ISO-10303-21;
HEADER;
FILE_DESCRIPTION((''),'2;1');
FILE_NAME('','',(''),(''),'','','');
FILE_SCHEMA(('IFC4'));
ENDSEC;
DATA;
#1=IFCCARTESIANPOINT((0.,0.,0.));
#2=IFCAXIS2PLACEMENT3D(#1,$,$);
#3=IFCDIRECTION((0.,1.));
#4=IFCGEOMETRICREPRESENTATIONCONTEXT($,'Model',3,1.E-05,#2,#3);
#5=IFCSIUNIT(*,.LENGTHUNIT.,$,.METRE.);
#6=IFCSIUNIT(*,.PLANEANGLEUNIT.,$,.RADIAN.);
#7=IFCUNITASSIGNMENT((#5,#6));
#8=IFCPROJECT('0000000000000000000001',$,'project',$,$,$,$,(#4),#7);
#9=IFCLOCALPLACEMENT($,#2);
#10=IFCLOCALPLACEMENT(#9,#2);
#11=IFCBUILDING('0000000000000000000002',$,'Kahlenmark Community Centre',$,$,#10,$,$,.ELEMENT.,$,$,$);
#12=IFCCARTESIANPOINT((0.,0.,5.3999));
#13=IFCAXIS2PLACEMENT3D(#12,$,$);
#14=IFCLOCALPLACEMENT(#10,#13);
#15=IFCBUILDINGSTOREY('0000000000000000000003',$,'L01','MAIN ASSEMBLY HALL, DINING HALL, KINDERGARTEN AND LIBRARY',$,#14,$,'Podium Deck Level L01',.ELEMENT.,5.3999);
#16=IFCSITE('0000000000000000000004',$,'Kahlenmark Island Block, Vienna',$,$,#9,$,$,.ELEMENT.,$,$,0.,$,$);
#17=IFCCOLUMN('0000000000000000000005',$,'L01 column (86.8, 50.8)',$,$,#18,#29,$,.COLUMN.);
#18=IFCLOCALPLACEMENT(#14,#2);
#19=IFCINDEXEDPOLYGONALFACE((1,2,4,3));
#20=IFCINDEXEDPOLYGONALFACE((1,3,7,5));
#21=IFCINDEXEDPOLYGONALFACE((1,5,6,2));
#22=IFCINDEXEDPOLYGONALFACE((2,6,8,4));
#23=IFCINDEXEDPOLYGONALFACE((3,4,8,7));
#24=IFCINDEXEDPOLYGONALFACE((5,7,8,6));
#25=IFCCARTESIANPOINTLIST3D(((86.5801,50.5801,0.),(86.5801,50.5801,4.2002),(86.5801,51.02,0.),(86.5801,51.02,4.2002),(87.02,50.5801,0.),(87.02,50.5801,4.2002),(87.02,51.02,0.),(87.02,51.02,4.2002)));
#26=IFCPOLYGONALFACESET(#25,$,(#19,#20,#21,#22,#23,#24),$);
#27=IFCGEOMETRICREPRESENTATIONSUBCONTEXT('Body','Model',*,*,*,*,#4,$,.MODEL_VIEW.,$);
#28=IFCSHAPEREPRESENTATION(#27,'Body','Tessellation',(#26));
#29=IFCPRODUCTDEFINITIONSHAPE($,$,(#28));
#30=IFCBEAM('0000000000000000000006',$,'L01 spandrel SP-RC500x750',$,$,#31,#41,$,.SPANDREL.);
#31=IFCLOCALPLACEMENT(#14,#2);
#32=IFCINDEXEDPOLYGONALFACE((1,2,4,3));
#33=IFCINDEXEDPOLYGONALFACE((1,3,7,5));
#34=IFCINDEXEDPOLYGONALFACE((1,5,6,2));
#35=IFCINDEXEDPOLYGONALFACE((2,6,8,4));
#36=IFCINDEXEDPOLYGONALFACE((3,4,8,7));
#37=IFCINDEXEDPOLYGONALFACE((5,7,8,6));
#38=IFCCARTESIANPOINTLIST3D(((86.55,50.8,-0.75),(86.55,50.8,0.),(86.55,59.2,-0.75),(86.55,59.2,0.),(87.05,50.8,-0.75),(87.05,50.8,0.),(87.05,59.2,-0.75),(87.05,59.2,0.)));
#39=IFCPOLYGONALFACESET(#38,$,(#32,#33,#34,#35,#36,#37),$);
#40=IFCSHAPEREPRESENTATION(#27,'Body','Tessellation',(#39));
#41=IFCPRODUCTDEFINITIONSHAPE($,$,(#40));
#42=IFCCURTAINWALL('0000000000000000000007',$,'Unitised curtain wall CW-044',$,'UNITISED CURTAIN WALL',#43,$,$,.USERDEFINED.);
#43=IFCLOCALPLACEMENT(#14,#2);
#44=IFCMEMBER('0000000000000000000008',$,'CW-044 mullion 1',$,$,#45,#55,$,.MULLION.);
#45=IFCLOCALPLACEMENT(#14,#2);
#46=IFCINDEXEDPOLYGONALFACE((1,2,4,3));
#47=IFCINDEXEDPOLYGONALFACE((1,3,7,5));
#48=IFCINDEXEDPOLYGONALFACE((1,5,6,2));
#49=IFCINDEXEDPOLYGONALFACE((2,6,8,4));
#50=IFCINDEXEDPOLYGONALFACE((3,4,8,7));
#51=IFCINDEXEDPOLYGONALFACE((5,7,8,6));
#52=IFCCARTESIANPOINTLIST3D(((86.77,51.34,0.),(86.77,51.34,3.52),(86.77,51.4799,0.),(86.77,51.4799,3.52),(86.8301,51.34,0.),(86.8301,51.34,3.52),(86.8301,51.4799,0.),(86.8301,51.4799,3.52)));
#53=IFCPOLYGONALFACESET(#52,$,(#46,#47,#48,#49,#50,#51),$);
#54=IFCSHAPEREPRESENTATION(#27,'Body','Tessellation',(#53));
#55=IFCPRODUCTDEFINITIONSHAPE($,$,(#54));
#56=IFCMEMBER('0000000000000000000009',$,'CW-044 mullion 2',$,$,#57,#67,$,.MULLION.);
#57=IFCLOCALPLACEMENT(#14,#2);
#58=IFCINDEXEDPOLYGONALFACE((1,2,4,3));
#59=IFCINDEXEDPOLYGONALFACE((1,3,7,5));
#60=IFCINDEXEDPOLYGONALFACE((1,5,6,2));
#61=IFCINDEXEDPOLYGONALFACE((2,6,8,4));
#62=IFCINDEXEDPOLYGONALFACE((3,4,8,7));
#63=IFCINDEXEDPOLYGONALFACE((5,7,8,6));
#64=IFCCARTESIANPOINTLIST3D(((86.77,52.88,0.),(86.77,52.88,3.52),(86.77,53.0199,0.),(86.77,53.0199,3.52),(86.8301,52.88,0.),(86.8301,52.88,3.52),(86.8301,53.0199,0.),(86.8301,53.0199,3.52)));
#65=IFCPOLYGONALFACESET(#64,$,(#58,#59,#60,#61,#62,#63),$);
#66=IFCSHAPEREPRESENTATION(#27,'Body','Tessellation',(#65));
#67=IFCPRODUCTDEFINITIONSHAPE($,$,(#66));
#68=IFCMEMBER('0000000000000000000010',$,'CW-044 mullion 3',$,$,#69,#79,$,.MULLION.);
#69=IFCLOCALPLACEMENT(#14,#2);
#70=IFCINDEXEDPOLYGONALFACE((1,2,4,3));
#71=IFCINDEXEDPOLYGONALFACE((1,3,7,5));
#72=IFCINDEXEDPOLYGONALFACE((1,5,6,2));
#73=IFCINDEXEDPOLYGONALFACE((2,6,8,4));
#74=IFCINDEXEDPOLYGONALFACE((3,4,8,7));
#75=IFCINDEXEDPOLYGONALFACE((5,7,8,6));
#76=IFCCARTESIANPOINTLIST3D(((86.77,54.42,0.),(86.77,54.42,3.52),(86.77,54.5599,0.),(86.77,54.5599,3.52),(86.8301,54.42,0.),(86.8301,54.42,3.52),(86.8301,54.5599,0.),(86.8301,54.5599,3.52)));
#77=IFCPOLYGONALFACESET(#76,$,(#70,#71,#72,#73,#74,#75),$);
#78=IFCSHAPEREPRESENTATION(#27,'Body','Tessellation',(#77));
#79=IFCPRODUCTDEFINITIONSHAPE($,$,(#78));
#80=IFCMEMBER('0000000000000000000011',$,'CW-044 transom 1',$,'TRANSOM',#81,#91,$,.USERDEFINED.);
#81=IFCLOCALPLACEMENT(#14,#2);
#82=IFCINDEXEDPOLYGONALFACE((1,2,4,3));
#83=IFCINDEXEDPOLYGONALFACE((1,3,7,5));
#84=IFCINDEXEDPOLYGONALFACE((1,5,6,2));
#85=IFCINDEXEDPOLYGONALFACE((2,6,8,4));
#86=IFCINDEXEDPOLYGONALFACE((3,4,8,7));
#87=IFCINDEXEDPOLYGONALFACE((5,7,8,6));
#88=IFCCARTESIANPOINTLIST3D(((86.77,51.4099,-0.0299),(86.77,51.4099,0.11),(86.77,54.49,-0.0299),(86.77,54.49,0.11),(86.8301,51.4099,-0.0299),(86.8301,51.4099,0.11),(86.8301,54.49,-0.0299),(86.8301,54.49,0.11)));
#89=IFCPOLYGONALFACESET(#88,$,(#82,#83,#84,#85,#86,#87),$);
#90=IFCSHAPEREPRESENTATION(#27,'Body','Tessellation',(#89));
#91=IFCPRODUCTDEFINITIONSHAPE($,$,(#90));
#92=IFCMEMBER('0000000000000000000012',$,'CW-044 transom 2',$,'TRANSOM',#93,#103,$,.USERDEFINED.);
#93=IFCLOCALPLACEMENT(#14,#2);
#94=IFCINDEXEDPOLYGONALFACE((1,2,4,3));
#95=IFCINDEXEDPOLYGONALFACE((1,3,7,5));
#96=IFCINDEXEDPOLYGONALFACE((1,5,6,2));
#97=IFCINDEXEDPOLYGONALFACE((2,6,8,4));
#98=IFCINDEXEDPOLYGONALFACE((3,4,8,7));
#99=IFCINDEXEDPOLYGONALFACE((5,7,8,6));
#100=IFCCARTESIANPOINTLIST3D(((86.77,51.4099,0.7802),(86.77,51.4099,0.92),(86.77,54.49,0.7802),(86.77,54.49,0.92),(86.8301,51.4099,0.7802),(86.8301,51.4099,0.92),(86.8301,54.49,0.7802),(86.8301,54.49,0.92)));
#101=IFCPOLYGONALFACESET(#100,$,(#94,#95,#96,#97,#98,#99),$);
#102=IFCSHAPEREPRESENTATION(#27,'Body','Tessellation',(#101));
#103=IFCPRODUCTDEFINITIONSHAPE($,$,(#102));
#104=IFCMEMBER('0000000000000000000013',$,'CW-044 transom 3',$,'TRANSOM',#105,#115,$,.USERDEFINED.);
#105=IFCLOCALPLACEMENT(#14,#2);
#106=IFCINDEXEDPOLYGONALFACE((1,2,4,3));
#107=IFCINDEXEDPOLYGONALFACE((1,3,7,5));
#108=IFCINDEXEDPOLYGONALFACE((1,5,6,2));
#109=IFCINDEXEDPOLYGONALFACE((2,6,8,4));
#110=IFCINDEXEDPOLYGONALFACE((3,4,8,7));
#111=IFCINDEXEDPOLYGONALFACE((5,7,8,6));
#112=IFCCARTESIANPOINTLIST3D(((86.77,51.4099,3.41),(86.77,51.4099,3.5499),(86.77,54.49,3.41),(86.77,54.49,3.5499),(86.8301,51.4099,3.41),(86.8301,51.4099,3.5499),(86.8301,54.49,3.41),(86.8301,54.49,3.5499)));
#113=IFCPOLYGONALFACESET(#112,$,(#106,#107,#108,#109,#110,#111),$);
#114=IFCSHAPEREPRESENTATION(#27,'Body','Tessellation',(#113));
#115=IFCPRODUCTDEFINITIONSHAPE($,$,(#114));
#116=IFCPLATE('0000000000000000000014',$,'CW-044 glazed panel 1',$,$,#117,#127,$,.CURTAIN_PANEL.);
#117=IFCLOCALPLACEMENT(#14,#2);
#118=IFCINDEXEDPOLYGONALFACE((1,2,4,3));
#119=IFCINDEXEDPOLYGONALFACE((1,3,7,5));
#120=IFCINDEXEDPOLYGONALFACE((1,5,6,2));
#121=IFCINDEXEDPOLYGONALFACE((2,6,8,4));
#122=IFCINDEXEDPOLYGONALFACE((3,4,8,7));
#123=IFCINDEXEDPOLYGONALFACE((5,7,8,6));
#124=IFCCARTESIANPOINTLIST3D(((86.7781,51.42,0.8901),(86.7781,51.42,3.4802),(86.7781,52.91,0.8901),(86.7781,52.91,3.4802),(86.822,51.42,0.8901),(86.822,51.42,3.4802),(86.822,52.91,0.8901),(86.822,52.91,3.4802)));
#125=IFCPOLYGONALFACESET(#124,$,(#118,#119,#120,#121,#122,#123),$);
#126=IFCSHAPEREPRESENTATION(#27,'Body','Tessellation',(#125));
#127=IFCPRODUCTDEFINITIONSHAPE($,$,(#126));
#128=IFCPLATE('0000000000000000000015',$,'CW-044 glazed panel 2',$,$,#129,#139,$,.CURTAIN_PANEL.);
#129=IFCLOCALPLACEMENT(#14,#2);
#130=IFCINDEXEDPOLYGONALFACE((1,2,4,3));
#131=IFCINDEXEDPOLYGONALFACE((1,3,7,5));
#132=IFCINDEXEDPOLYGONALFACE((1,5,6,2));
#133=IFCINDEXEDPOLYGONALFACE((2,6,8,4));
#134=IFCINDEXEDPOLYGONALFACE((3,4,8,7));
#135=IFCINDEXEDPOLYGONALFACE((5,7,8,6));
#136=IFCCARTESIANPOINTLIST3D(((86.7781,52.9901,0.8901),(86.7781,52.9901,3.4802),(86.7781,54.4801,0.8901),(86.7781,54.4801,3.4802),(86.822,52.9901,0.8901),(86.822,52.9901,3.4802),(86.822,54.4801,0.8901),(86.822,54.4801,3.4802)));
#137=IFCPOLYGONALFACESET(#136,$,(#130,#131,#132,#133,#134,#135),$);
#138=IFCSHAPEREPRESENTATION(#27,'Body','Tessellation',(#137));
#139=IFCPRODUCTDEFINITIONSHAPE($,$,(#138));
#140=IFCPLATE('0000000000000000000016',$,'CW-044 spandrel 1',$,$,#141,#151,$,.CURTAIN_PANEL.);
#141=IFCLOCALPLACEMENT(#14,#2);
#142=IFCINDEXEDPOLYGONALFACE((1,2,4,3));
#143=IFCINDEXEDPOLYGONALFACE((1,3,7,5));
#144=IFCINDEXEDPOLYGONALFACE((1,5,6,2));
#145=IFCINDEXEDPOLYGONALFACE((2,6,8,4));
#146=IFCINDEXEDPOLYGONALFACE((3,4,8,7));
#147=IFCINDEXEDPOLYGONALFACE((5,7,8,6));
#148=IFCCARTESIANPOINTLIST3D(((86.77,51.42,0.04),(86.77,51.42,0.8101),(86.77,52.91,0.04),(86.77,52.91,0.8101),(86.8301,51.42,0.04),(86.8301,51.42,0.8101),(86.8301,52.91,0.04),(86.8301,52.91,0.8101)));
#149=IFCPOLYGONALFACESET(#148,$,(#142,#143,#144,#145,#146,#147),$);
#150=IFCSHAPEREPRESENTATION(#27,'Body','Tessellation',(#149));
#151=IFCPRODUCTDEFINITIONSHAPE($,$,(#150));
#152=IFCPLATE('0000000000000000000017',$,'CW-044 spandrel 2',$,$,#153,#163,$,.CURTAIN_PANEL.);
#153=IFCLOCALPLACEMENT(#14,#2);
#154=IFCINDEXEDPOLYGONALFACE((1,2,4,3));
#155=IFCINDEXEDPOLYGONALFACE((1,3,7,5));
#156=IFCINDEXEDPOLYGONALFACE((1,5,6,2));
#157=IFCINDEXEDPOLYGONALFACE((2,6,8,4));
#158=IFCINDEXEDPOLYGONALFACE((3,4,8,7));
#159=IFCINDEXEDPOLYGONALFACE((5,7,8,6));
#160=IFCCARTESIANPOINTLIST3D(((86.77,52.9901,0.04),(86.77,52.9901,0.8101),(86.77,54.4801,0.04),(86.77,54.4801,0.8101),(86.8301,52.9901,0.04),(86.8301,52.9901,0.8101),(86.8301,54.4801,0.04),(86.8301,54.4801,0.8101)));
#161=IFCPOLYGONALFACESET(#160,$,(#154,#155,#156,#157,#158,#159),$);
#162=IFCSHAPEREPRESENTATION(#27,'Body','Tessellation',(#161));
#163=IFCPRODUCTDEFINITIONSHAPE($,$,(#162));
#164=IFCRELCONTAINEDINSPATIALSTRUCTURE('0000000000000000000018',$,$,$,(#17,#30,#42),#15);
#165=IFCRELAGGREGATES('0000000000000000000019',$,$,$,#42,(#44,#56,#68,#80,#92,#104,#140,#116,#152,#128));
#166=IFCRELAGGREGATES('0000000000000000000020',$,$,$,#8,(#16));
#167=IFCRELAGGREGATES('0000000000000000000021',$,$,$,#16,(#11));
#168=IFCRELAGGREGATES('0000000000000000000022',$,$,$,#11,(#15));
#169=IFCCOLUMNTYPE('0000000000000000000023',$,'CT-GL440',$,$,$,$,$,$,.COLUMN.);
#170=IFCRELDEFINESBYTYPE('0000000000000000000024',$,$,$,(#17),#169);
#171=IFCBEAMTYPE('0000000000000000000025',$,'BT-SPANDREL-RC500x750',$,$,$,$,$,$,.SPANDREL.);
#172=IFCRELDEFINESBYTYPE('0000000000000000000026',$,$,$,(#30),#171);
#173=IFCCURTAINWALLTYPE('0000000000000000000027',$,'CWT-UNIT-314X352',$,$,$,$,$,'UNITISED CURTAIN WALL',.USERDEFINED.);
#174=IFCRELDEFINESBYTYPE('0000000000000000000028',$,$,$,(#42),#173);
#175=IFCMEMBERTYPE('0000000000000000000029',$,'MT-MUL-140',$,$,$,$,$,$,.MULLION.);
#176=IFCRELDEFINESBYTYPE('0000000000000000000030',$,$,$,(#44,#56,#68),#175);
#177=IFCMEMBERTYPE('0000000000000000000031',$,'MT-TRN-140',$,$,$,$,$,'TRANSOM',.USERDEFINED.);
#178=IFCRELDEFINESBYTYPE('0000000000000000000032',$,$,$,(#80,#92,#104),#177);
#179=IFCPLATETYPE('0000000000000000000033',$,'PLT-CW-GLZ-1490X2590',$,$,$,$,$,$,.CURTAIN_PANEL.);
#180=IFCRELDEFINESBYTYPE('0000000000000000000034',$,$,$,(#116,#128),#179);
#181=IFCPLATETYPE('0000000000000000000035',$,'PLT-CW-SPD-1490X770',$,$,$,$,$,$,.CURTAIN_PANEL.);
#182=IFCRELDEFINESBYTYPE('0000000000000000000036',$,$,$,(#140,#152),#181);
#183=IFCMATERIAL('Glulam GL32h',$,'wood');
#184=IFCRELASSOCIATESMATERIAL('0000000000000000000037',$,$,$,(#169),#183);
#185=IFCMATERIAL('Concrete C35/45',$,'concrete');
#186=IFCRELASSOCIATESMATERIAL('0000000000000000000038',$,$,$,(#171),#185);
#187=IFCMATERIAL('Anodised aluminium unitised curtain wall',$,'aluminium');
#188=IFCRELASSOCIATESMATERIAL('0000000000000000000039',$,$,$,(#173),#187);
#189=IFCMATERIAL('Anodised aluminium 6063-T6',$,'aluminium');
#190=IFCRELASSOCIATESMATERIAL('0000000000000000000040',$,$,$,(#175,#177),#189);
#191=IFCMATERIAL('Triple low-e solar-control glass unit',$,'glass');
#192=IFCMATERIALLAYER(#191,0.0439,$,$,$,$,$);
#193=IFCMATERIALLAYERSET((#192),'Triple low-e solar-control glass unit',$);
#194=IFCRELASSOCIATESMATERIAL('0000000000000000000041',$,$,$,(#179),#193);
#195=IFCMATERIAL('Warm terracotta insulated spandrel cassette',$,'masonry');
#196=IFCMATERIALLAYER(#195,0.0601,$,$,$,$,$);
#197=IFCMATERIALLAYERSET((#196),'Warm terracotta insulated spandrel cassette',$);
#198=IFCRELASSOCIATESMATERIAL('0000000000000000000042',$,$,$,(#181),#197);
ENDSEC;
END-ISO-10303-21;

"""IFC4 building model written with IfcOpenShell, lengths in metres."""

from ifc_helpers import new_model, si_unit, direction, frame, origin, origin_2d, place, context, subcontext, project, spatial, rectangle, extrude, material, layer, layer_set, material_profile, profile_set, type_object, element, aggregate, save


model = new_model("IFC4")

# Units and contexts
model_context = context("Model", 3, precision=1e-05, world=origin(), true_north=direction((0.0, 1.0)))
body_context = subcontext(model_context, "Body", "Model", "MODEL_VIEW")
ifc_project = project(units=[si_unit("LENGTHUNIT", "METRE"), si_unit("PLANEANGLEUNIT", "RADIAN")], contexts=[model_context])

# Site, building, storey
site_placement = place(None, origin())
site = spatial("IfcSite", under=ifc_project, at=site_placement, Name="Kahlenmark Island Block, Vienna", CompositionType="ELEMENT", RefElevation=0.0)
building_placement = place(site_placement, origin())
building = spatial("IfcBuilding", under=site, at=building_placement, Name="Kahlenmark Community Centre", CompositionType="ELEMENT")
storey_placement = place(building_placement, frame((0.0, 0.0, 5.3999)))
storey = spatial("IfcBuildingStorey", under=building, at=storey_placement, Name="L01", Description="MAIN ASSEMBLY HALL, DINING HALL, KINDERGARTEN AND LIBRARY", LongName="Podium Deck Level L01", CompositionType="ELEMENT", Elevation=5.3999)

# Column
ifc_material_1 = material(Name="Glulam GL32h", Category="wood")
ifc_material_profile_1 = material_profile(ifc_material_1, rectangle(XDim=0.4399, YDim=0.4399, at=origin_2d()), Name="GL32h 440x440")
ifc_profile_set_1 = profile_set([ifc_material_profile_1], Name="Glulam GL32h")
column_type = type_object("IfcColumnType", Name="CT-GL440", PredefinedType="COLUMN", material=ifc_profile_set_1)
column_placement = place(storey_placement, frame((86.8, 50.8, 0.0), z_axis=(0.0, 0.0, 1.0), x_axis=(1.0, 0.0, 0.0)))
element("IfcColumn", 1, at=column_placement, inside=storey, type_object=column_type, Name="L01 column (86.8, 50.8)", PredefinedType="COLUMN", context=body_context, shape_type="SweptSolid", body=[
    extrude(rectangle(XDim=0.4399, YDim=0.4399, at=origin_2d()), origin(), (0.0, 0.0, 1.0), 4.2002),
])

# Beam
ifc_material_2 = material(Name="Concrete C35/45", Category="concrete")
ifc_material_profile_2 = material_profile(ifc_material_2, rectangle(XDim=0.5, YDim=0.75, at=origin_2d()), Name="RC 500x750")
ifc_profile_set_2 = profile_set([ifc_material_profile_2], Name="Concrete C35/45")
beam_type = type_object("IfcBeamType", Name="BT-SPANDREL-RC500x750", PredefinedType="SPANDREL", material=ifc_profile_set_2)
beam_placement = place(storey_placement, frame((86.8, 50.8, -0.375), z_axis=(0.0, 1.0, 0.0), x_axis=(-1.0, 0.0, 0.0)))
element("IfcBeam", 2, at=beam_placement, inside=storey, type_object=beam_type, Name="L01 spandrel SP-RC500x750", PredefinedType="SPANDREL", context=body_context, shape_type="SweptSolid", body=[
    extrude(rectangle(XDim=0.5, YDim=0.75, at=origin_2d()), origin(), (0.0, 0.0, 1.0), 8.3999),
])

# Curtain wall, members, plates
ifc_material_3 = material(Name="Anodised aluminium unitised curtain wall", Category="aluminium")
curtain_wall_type = type_object("IfcCurtainWallType", Name="CWT-UNIT-314X352", ElementType="UNITISED CURTAIN WALL", PredefinedType="USERDEFINED", material=ifc_material_3)
curtain_wall_placement = place(storey_placement, origin())
curtain_wall = element("IfcCurtainWall", 3, at=curtain_wall_placement, inside=storey, type_object=curtain_wall_type, Name="Unitised curtain wall CW-044", ObjectType="UNITISED CURTAIN WALL", PredefinedType="USERDEFINED")
ifc_material_4 = material(Name="Anodised aluminium 6063-T6", Category="aluminium")
ifc_material_profile_3 = material_profile(ifc_material_4, rectangle(XDim=0.0601, YDim=0.1399, at=origin_2d()), Name="ALU MULLION 60x140")
ifc_profile_set_3 = profile_set([ifc_material_profile_3], Name="Anodised aluminium 6063-T6")
member_type_1 = type_object("IfcMemberType", Name="MT-MUL-140", PredefinedType="MULLION", material=ifc_profile_set_3)
member_1_placement = place(storey_placement, frame((86.8, 51.4099, 0.0), z_axis=(0.0, 0.0, 1.0), x_axis=(-1.0, 0.0, 0.0)))
member_1 = element("IfcMember", 4, at=member_1_placement, type_object=member_type_1, Name="CW-044 mullion 1", PredefinedType="MULLION", context=body_context, shape_type="SweptSolid", body=[
    extrude(rectangle(XDim=0.0601, YDim=0.1399, at=origin_2d()), origin(), (0.0, 0.0, 1.0), 3.52),
])
member_2_placement = place(storey_placement, frame((86.8, 52.95, 0.0), z_axis=(0.0, 0.0, 1.0), x_axis=(-1.0, 0.0, 0.0)))
member_2 = element("IfcMember", 5, at=member_2_placement, type_object=member_type_1, Name="CW-044 mullion 2", PredefinedType="MULLION", context=body_context, shape_type="SweptSolid", body=[
    extrude(rectangle(XDim=0.0601, YDim=0.1399, at=origin_2d()), origin(), (0.0, 0.0, 1.0), 3.52),
])
member_3_placement = place(storey_placement, frame((86.8, 54.49, 0.0), z_axis=(0.0, 0.0, 1.0), x_axis=(-1.0, 0.0, 0.0)))
member_3 = element("IfcMember", 6, at=member_3_placement, type_object=member_type_1, Name="CW-044 mullion 3", PredefinedType="MULLION", context=body_context, shape_type="SweptSolid", body=[
    extrude(rectangle(XDim=0.0601, YDim=0.1399, at=origin_2d()), origin(), (0.0, 0.0, 1.0), 3.52),
])
ifc_material_profile_4 = material_profile(ifc_material_4, rectangle(XDim=0.0601, YDim=0.1399, at=origin_2d()), Name="ALU TRANSOM 60x140")
ifc_profile_set_4 = profile_set([ifc_material_profile_4], Name="Anodised aluminium 6063-T6")
member_type_2 = type_object("IfcMemberType", Name="MT-TRN-140", ElementType="TRANSOM", PredefinedType="USERDEFINED", material=ifc_profile_set_4)
member_4_placement = place(storey_placement, frame((86.8, 51.4099, 0.04), z_axis=(0.0, 1.0, 0.0), x_axis=(-1.0, 0.0, 0.0)))
member_4 = element("IfcMember", 7, at=member_4_placement, type_object=member_type_2, Name="CW-044 transom 1", ObjectType="TRANSOM", PredefinedType="USERDEFINED", context=body_context, shape_type="SweptSolid", body=[
    extrude(rectangle(XDim=0.0601, YDim=0.1399, at=origin_2d()), origin(), (0.0, 0.0, 1.0), 3.0801),
])
member_5_placement = place(storey_placement, frame((86.8, 51.4099, 0.8501), z_axis=(0.0, 1.0, 0.0), x_axis=(-1.0, 0.0, 0.0)))
member_5 = element("IfcMember", 8, at=member_5_placement, type_object=member_type_2, Name="CW-044 transom 2", ObjectType="TRANSOM", PredefinedType="USERDEFINED", context=body_context, shape_type="SweptSolid", body=[
    extrude(rectangle(XDim=0.0601, YDim=0.1399, at=origin_2d()), origin(), (0.0, 0.0, 1.0), 3.0801),
])
member_6_placement = place(storey_placement, frame((86.8, 51.4099, 3.48), z_axis=(0.0, 1.0, 0.0), x_axis=(-1.0, 0.0, 0.0)))
member_6 = element("IfcMember", 9, at=member_6_placement, type_object=member_type_2, Name="CW-044 transom 3", ObjectType="TRANSOM", PredefinedType="USERDEFINED", context=body_context, shape_type="SweptSolid", body=[
    extrude(rectangle(XDim=0.0601, YDim=0.1399, at=origin_2d()), origin(), (0.0, 0.0, 1.0), 3.0801),
])
ifc_material_5 = material(Name="Triple low-e solar-control glass unit", Category="glass")
ifc_layer_1 = layer(ifc_material_5, 0.0439)
ifc_layer_set_1 = layer_set([ifc_layer_1], Name="Triple low-e solar-control glass unit")
plate_type_1 = type_object("IfcPlateType", Name="PLT-CW-GLZ-1490X2590", PredefinedType="CURTAIN_PANEL", material=ifc_layer_set_1)
plate_1_placement = place(storey_placement, frame((86.8, 52.165, 0.8901), z_axis=(0.0, 0.0, 1.0), x_axis=(0.0, 1.0, 0.0)))
plate_1 = element("IfcPlate", 10, at=plate_1_placement, type_object=plate_type_1, Name="CW-044 glazed panel 1", PredefinedType="CURTAIN_PANEL", context=body_context, shape_type="SweptSolid", body=[
    extrude(rectangle(XDim=1.49, YDim=0.0439, at=origin_2d()), origin(), (0.0, 0.0, 1.0), 2.5901),
])
plate_2_placement = place(storey_placement, frame((86.8, 53.7351, 0.8901), z_axis=(0.0, 0.0, 1.0), x_axis=(0.0, 1.0, 0.0)))
plate_2 = element("IfcPlate", 11, at=plate_2_placement, type_object=plate_type_1, Name="CW-044 glazed panel 2", PredefinedType="CURTAIN_PANEL", context=body_context, shape_type="SweptSolid", body=[
    extrude(rectangle(XDim=1.49, YDim=0.0439, at=origin_2d()), origin(), (0.0, 0.0, 1.0), 2.5901),
])
ifc_material_6 = material(Name="Warm terracotta insulated spandrel cassette", Category="masonry")
ifc_layer_2 = layer(ifc_material_6, 0.0601)
ifc_layer_set_2 = layer_set([ifc_layer_2], Name="Warm terracotta insulated spandrel cassette")
plate_type_2 = type_object("IfcPlateType", Name="PLT-CW-SPD-1490X770", PredefinedType="CURTAIN_PANEL", material=ifc_layer_set_2)
plate_3_placement = place(storey_placement, frame((86.8, 52.165, 0.04), z_axis=(0.0, 0.0, 1.0), x_axis=(0.0, 1.0, 0.0)))
plate_3 = element("IfcPlate", 12, at=plate_3_placement, type_object=plate_type_2, Name="CW-044 spandrel 1", PredefinedType="CURTAIN_PANEL", context=body_context, shape_type="SweptSolid", body=[
    extrude(rectangle(XDim=1.49, YDim=0.0601, at=origin_2d()), origin(), (0.0, 0.0, 1.0), 0.77),
])
plate_4_placement = place(storey_placement, frame((86.8, 53.7351, 0.04), z_axis=(0.0, 0.0, 1.0), x_axis=(0.0, 1.0, 0.0)))
plate_4 = element("IfcPlate", 13, at=plate_4_placement, type_object=plate_type_2, Name="CW-044 spandrel 2", PredefinedType="CURTAIN_PANEL", context=body_context, shape_type="SweptSolid", body=[
    extrude(rectangle(XDim=1.49, YDim=0.0601, at=origin_2d()), origin(), (0.0, 0.0, 1.0), 0.77),
])
aggregate(curtain_wall, [member_1, member_2, member_3, member_4, member_5, member_6, plate_3, plate_1, plate_4, plate_2])

save(model, "model.ifc")
